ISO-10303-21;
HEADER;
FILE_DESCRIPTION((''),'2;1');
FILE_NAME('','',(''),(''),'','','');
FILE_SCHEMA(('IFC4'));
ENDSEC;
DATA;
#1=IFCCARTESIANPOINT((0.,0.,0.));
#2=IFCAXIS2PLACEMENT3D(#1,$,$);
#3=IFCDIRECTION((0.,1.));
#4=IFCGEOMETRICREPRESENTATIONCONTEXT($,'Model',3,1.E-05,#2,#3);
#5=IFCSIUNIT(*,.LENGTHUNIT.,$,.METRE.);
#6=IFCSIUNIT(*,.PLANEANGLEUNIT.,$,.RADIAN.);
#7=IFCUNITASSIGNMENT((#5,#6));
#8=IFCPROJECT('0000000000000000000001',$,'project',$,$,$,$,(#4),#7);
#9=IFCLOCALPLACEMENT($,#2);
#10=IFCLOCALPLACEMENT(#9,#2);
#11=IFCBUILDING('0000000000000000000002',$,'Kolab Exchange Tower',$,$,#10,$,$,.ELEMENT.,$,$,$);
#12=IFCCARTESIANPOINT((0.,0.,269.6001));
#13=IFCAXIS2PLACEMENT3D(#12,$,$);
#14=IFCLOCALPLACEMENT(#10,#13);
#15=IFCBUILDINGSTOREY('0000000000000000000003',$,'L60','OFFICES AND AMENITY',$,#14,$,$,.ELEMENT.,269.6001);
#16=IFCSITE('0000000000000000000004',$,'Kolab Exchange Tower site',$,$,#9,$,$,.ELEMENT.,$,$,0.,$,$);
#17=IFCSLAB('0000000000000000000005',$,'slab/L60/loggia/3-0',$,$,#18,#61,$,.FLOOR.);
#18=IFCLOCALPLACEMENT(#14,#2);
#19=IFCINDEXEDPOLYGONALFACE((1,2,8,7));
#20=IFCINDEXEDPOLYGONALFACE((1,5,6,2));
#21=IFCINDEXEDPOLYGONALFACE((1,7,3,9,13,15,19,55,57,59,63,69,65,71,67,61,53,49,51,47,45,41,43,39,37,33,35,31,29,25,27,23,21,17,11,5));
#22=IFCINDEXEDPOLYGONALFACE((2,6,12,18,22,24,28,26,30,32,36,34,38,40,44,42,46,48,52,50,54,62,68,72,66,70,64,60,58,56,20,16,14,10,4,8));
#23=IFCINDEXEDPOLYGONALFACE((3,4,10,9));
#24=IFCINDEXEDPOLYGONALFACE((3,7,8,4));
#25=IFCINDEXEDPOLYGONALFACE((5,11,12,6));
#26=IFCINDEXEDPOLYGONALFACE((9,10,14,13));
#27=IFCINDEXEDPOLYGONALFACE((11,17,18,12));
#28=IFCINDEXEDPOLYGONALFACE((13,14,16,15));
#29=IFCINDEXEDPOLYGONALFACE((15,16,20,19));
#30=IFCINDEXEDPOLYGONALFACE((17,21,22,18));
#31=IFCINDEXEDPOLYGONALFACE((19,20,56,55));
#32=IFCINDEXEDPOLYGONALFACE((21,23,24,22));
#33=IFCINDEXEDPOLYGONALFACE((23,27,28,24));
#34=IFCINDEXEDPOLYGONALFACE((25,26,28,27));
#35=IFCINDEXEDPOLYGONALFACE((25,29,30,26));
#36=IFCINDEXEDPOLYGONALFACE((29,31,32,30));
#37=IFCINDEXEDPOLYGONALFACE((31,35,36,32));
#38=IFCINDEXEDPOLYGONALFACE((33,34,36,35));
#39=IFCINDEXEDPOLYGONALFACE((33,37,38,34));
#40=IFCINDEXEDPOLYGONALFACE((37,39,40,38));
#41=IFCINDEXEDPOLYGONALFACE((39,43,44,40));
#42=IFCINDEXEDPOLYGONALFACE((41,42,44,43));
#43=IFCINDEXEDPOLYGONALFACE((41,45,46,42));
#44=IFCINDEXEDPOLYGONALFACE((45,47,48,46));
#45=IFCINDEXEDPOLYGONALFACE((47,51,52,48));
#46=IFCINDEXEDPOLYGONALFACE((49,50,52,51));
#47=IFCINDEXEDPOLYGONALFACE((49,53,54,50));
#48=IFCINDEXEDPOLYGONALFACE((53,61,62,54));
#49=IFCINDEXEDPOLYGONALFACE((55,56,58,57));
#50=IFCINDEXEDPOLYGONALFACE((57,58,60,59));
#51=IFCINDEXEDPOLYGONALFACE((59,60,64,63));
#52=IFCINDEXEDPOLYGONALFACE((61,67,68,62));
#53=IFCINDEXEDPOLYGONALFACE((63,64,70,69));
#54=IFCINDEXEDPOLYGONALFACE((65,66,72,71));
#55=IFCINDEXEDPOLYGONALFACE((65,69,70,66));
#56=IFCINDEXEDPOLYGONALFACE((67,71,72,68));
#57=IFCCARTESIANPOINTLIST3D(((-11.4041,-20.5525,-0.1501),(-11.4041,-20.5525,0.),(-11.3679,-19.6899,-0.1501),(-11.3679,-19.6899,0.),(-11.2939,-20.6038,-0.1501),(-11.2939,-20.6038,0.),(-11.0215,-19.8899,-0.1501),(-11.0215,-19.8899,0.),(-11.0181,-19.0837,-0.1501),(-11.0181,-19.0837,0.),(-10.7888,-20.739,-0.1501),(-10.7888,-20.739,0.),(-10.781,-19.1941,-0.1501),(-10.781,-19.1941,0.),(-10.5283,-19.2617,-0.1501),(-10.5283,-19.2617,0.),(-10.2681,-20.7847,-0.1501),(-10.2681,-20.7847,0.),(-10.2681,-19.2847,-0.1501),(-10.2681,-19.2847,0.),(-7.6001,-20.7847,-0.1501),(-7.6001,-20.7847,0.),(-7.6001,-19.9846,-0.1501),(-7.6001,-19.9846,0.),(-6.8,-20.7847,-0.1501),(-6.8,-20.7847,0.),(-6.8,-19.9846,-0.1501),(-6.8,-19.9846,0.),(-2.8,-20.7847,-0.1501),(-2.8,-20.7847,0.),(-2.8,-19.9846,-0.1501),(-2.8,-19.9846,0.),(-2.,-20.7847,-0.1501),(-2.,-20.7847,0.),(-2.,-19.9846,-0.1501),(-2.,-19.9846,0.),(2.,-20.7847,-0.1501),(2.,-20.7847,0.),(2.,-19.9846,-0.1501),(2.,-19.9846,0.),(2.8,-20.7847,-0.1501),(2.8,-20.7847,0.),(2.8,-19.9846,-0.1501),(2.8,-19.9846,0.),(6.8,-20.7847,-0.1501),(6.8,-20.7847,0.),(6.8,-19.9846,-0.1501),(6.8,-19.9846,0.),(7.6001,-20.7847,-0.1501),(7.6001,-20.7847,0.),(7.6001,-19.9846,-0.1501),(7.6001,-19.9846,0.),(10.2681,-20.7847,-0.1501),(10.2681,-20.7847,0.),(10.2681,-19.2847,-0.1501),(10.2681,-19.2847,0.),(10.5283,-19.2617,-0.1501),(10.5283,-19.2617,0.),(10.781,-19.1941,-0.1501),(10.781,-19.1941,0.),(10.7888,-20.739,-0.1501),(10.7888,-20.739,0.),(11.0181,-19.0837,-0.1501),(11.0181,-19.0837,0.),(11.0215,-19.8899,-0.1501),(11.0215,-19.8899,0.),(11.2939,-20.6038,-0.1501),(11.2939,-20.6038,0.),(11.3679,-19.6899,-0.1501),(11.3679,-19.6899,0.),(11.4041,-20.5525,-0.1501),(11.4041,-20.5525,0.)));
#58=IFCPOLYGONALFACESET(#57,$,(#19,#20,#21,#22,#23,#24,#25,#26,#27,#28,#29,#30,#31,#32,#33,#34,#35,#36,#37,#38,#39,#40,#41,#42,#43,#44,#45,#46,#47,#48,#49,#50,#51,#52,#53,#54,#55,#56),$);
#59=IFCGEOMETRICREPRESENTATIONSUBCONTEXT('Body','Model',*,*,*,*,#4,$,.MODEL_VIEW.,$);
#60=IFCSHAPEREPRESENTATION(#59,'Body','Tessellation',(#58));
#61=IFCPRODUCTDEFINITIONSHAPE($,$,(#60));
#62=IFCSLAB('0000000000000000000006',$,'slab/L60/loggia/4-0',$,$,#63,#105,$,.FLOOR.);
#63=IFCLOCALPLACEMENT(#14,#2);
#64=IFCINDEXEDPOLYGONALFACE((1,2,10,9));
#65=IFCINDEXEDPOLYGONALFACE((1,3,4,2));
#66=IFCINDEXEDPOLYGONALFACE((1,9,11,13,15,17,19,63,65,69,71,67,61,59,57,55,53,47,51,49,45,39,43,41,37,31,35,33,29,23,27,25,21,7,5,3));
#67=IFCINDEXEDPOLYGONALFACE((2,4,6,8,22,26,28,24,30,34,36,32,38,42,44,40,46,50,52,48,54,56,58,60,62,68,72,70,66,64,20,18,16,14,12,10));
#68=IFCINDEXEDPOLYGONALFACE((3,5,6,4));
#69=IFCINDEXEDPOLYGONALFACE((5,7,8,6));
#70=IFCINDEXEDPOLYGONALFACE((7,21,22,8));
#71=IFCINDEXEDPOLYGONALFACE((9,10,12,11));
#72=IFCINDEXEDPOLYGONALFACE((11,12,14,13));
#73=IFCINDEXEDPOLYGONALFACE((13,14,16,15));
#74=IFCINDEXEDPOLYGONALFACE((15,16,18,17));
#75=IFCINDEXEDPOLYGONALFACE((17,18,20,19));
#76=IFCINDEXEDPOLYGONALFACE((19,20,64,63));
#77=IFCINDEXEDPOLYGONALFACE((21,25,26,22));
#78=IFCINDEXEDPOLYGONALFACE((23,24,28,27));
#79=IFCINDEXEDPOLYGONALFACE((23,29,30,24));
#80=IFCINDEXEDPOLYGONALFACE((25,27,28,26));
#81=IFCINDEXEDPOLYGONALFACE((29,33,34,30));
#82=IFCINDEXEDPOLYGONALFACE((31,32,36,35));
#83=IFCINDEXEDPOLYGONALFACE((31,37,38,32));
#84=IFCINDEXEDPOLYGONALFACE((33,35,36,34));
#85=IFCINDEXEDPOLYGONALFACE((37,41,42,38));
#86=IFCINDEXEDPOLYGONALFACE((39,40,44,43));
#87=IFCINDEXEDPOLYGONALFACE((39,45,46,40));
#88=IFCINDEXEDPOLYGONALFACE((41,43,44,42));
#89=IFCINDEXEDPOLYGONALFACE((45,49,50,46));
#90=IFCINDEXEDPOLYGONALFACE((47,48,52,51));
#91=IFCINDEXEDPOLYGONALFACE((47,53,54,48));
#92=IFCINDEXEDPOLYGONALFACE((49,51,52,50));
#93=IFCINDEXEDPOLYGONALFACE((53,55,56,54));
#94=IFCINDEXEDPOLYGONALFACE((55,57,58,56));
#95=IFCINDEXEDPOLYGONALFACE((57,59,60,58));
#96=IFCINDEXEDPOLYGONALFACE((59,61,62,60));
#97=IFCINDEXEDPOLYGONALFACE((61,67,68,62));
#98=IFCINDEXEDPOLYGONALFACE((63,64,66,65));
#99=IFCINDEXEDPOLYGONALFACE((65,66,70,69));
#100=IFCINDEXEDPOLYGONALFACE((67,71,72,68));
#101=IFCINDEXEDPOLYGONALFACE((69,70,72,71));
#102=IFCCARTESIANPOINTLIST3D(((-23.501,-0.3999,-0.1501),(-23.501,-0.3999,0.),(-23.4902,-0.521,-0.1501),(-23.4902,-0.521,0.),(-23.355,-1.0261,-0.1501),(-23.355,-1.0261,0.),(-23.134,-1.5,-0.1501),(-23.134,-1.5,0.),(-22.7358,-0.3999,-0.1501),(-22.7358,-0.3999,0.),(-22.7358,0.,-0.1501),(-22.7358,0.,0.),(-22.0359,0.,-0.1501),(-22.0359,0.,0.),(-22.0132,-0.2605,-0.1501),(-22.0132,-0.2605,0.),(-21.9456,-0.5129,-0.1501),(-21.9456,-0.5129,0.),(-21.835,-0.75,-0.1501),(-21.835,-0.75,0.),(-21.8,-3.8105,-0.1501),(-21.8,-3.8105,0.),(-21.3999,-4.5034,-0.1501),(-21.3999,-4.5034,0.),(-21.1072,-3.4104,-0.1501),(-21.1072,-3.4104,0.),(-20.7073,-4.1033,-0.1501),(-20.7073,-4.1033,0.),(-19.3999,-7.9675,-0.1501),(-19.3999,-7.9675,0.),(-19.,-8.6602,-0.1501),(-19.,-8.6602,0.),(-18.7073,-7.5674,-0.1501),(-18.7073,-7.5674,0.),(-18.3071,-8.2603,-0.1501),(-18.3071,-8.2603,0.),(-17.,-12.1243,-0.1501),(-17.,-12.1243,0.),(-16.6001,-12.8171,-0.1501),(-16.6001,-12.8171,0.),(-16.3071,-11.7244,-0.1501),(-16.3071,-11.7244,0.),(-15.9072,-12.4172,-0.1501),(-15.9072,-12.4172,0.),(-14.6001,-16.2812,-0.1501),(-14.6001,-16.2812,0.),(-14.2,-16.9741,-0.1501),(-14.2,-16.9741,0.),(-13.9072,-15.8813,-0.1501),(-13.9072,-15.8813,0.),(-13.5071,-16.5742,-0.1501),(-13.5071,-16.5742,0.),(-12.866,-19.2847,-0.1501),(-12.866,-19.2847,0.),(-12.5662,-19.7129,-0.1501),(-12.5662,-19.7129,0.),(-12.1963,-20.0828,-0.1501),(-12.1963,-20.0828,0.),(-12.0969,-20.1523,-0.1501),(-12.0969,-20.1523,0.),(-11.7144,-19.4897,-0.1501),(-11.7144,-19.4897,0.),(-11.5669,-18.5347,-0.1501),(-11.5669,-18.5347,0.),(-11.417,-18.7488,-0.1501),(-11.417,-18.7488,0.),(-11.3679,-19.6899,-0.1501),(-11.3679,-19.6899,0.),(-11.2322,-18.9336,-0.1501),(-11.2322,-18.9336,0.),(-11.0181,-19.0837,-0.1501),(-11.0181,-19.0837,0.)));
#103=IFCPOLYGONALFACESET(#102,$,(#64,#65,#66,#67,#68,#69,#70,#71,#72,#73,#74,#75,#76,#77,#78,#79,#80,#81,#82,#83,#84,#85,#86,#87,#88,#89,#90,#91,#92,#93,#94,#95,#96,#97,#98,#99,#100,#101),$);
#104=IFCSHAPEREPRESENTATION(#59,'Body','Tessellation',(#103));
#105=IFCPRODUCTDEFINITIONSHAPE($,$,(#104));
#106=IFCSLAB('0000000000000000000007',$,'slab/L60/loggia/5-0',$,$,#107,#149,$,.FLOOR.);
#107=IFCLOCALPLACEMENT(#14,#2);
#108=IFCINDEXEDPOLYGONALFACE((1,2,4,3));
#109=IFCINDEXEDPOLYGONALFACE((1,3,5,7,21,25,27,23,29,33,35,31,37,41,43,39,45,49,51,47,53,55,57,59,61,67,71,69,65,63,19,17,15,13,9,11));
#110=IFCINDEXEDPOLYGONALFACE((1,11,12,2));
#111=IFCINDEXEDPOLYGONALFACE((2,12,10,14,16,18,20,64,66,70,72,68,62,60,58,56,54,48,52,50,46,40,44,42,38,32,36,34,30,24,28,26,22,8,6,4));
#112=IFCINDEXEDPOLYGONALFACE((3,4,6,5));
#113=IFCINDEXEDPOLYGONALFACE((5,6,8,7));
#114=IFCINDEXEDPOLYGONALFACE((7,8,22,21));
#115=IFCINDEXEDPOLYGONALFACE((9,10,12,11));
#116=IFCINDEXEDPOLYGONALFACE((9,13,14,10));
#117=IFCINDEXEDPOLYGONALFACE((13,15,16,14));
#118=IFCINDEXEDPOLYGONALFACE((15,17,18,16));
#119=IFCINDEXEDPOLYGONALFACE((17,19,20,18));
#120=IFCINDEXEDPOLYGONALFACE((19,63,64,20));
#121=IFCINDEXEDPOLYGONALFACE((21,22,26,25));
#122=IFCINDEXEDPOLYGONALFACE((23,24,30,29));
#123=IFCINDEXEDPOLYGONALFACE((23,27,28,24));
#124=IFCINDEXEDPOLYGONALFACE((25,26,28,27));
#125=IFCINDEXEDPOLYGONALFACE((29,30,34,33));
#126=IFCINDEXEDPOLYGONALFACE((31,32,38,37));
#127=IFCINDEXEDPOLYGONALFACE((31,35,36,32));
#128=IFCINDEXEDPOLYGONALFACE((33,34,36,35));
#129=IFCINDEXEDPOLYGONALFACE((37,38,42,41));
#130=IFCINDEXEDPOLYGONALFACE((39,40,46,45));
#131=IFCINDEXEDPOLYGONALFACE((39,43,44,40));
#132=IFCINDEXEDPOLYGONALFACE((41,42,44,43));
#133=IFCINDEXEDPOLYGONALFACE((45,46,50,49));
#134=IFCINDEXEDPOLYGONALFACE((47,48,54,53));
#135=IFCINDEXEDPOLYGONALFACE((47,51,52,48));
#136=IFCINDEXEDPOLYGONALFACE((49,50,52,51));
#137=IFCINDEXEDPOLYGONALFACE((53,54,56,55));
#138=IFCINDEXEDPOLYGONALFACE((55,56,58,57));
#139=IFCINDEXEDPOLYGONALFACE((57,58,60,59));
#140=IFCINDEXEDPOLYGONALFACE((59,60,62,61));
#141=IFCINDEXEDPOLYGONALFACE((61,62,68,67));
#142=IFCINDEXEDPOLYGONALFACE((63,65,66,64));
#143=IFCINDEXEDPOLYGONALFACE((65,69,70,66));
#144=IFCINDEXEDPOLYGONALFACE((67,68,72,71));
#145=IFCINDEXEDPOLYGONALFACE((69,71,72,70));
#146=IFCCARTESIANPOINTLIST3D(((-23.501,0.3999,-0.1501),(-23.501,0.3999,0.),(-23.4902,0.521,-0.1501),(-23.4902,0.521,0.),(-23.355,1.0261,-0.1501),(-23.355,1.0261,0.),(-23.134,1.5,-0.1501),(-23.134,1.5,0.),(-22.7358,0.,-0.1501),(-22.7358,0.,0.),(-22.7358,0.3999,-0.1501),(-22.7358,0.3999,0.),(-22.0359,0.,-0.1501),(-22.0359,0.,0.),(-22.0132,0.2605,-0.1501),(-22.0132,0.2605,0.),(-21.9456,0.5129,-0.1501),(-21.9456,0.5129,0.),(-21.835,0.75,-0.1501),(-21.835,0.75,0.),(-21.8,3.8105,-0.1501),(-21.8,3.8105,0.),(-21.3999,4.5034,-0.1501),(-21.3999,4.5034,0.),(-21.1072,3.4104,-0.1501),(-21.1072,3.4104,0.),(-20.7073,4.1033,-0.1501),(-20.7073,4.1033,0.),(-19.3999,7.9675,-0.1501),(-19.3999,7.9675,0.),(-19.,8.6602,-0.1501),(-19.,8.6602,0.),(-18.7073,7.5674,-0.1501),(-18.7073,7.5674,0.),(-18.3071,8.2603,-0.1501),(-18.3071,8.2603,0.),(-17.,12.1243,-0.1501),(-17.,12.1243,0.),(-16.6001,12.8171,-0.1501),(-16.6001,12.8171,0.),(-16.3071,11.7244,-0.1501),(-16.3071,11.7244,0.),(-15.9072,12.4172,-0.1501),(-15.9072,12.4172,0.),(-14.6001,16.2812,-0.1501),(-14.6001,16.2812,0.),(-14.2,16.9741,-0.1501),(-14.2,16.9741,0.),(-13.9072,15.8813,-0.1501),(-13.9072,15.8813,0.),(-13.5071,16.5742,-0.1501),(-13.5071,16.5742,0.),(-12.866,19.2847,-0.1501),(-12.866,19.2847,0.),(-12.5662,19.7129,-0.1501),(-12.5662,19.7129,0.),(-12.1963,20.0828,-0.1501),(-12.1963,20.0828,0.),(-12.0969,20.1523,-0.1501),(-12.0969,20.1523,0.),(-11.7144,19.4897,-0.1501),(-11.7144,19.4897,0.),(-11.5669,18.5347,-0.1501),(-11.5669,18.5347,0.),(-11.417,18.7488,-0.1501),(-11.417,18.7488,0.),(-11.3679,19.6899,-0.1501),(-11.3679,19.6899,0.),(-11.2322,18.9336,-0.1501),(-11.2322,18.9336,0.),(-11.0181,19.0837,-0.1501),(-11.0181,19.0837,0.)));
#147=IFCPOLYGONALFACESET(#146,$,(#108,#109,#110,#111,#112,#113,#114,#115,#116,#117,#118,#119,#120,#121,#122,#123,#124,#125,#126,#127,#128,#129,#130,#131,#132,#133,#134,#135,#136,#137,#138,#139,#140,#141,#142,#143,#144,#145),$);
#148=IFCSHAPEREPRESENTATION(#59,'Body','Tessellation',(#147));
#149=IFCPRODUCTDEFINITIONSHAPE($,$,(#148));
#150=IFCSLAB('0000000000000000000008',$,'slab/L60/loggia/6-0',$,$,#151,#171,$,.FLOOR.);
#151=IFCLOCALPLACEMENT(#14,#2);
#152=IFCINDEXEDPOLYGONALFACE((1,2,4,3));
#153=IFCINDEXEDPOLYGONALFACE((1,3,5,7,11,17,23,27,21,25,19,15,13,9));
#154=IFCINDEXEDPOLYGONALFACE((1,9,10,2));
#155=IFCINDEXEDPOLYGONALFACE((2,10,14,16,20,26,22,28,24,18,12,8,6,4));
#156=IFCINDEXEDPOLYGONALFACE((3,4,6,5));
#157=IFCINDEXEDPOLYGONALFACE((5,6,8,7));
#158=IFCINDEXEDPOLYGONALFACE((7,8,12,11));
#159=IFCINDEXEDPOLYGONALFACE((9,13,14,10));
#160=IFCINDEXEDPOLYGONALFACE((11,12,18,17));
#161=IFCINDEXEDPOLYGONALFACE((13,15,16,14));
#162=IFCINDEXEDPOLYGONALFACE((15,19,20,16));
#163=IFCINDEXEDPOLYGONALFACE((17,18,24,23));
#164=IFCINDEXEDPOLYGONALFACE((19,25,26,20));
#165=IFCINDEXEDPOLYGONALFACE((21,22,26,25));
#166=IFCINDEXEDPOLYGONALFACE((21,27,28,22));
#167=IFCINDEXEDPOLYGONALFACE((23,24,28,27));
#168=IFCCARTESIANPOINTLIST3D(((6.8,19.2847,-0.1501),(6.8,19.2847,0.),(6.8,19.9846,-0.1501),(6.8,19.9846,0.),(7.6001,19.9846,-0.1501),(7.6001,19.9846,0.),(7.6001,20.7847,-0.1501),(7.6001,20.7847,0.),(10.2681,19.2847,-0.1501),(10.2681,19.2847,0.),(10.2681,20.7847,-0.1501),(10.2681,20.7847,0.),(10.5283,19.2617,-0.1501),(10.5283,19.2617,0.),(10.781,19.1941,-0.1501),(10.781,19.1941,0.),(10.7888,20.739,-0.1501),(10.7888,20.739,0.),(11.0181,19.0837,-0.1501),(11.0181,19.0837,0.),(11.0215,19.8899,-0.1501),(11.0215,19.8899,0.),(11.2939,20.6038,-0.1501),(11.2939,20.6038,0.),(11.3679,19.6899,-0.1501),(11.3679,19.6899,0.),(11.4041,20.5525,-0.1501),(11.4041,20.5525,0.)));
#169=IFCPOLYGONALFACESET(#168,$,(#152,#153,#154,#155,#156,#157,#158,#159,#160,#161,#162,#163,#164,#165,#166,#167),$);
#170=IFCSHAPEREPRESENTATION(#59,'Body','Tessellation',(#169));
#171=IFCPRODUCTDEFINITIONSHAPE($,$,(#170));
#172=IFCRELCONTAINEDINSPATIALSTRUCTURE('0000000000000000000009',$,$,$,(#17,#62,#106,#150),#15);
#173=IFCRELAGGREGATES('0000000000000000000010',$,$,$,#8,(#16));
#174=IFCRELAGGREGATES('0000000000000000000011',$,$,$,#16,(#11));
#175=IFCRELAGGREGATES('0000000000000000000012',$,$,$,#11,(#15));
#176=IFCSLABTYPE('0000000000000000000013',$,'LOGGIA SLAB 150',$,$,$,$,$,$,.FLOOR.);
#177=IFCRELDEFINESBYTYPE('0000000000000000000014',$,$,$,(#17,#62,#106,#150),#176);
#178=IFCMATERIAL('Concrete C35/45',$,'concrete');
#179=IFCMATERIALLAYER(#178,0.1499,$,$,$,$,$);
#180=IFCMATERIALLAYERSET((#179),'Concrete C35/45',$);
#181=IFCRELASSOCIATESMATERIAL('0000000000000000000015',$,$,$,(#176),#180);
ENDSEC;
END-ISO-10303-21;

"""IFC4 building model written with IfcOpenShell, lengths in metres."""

from ifc_helpers import new_model, si_unit, direction, frame, origin, place, context, subcontext, project, spatial, polyline, outline, extrude, material, layer, layer_set, type_object, element, save


model = new_model("IFC4")

# Units and contexts
model_context = context("Model", 3, precision=1e-05, world=origin(), true_north=direction((0.0, 1.0)))
body_context = subcontext(model_context, "Body", "Model", "MODEL_VIEW")
ifc_project = project(units=[si_unit("LENGTHUNIT", "METRE"), si_unit("PLANEANGLEUNIT", "RADIAN")], contexts=[model_context])

# Site, building, storey
site_placement = place(None, origin())
site = spatial("IfcSite", under=ifc_project, at=site_placement, Name="Kolab Exchange Tower site", CompositionType="ELEMENT", RefElevation=0.0)
building_placement = place(site_placement, origin())
building = spatial("IfcBuilding", under=site, at=building_placement, Name="Kolab Exchange Tower", CompositionType="ELEMENT")
storey_placement = place(building_placement, frame((0.0, 0.0, 269.6001)))
storey = spatial("IfcBuildingStorey", under=building, at=storey_placement, Name="L60", Description="OFFICES AND AMENITY", CompositionType="ELEMENT", Elevation=269.6001)

# Slabs
ifc_material_1 = material(Name="Concrete C35/45", Category="concrete")
ifc_layer_1 = layer(ifc_material_1, 0.1499)
ifc_layer_set_1 = layer_set([ifc_layer_1], Name="Concrete C35/45")
slab_type_1 = type_object("IfcSlabType", Name="LOGGIA SLAB 150", PredefinedType="FLOOR", material=ifc_layer_set_1)
slab_1_placement = place(storey_placement, frame((0.0, 0.0, -0.1501)))
element("IfcSlab", 1, at=slab_1_placement, inside=storey, type_object=slab_type_1, Name="slab/L60/loggia/3-0", PredefinedType="FLOOR", context=body_context, shape_type="SweptSolid", body=[
    extrude(outline(polyline([(-11.0181, -19.0837), (-11.3679, -19.6899), (-11.0215, -19.8899), (-11.4041, -20.5525), (-11.2939, -20.6038), (-10.7888, -20.739), (-10.2681, -20.7847), (-7.6001, -20.7847), (-7.6001, -19.9846), (-6.8, -19.9846), (-6.8, -20.7847), (-2.8, -20.7847), (-2.8, -19.9846), (-2.0, -19.9846), (-2.0, -20.7847), (2.0, -20.7847), (2.0, -19.9846), (2.8, -19.9846), (2.8, -20.7847), (6.8, -20.7847), (6.8, -19.9846), (7.6001, -19.9846), (7.6001, -20.7847), (10.2681, -20.7847), (10.7888, -20.739), (11.2939, -20.6038), (11.4041, -20.5525), (11.0215, -19.8899), (11.3679, -19.6899), (11.0181, -19.0837), (10.781, -19.1941), (10.5283, -19.2617), (10.2681, -19.2847), (-10.2681, -19.2847), (-10.5283, -19.2617), (-10.781, -19.1941), (-11.0181, -19.0837)])), origin(), (0.0, 0.0, 1.0), 0.1501),
])
slab_2_placement = place(storey_placement, frame((0.0, 0.0, -0.1501)))
element("IfcSlab", 2, at=slab_2_placement, inside=storey, type_object=slab_type_1, Name="slab/L60/loggia/4-0", PredefinedType="FLOOR", context=body_context, shape_type="SweptSolid", body=[
    extrude(outline(polyline([(-22.0359, 0.0), (-22.7358, 0.0), (-22.7358, -0.3999), (-23.501, -0.3999), (-23.4902, -0.521), (-23.355, -1.0261), (-23.134, -1.5), (-21.8, -3.8105), (-21.1072, -3.4104), (-20.7073, -4.1033), (-21.3999, -4.5034), (-19.3999, -7.9675), (-18.7073, -7.5674), (-18.3071, -8.2603), (-19.0, -8.6602), (-17.0, -12.1243), (-16.3071, -11.7244), (-15.9072, -12.4172), (-16.6001, -12.8171), (-14.6001, -16.2812), (-13.9072, -15.8813), (-13.5071, -16.5742), (-14.2, -16.9741), (-12.866, -19.2847), (-12.5662, -19.7129), (-12.1963, -20.0828), (-12.0969, -20.1523), (-11.7144, -19.4897), (-11.3679, -19.6899), (-11.0181, -19.0837), (-11.2322, -18.9336), (-11.417, -18.7488), (-11.5669, -18.5347), (-21.835, -0.75), (-21.9456, -0.5129), (-22.0132, -0.2605), (-22.0359, 0.0)])), origin(), (0.0, 0.0, 1.0), 0.1501),
])
slab_3_placement = place(storey_placement, frame((0.0, 0.0, -0.1501)))
element("IfcSlab", 3, at=slab_3_placement, inside=storey, type_object=slab_type_1, Name="slab/L60/loggia/5-0", PredefinedType="FLOOR", context=body_context, shape_type="SweptSolid", body=[
    extrude(outline(polyline([(-11.0181, 19.0837), (-11.3679, 19.6899), (-11.7144, 19.4897), (-12.0969, 20.1523), (-12.1963, 20.0828), (-12.5662, 19.7129), (-12.866, 19.2847), (-14.2, 16.9741), (-13.5071, 16.5742), (-13.9072, 15.8813), (-14.6001, 16.2812), (-16.6001, 12.8171), (-15.9072, 12.4172), (-16.3071, 11.7244), (-17.0, 12.1243), (-19.0, 8.6602), (-18.3071, 8.2603), (-18.7073, 7.5674), (-19.3999, 7.9675), (-21.3999, 4.5034), (-20.7073, 4.1033), (-21.1072, 3.4104), (-21.8, 3.8105), (-23.134, 1.5), (-23.355, 1.0261), (-23.4902, 0.521), (-23.501, 0.3999), (-22.7358, 0.3999), (-22.7358, 0.0), (-22.0359, 0.0), (-22.0132, 0.2605), (-21.9456, 0.5129), (-21.835, 0.75), (-11.5669, 18.5347), (-11.417, 18.7488), (-11.2322, 18.9336), (-11.0181, 19.0837)])), origin(), (0.0, 0.0, 1.0), 0.1501),
])
slab_4_placement = place(storey_placement, frame((0.0, 0.0, -0.1501)))
element("IfcSlab", 4, at=slab_4_placement, inside=storey, type_object=slab_type_1, Name="slab/L60/loggia/6-0", PredefinedType="FLOOR", context=body_context, shape_type="SweptSolid", body=[
    extrude(outline(polyline([(11.0181, 19.0837), (11.3679, 19.6899), (11.0215, 19.8899), (11.4041, 20.5525), (11.2939, 20.6038), (10.7888, 20.739), (10.2681, 20.7847), (7.6001, 20.7847), (7.6001, 19.9846), (6.8, 19.9846), (6.8, 19.2847), (10.2681, 19.2847), (10.5283, 19.2617), (10.781, 19.1941), (11.0181, 19.0837)])), origin(), (0.0, 0.0, 1.0), 0.1501),
])

save(model, "model.ifc")
